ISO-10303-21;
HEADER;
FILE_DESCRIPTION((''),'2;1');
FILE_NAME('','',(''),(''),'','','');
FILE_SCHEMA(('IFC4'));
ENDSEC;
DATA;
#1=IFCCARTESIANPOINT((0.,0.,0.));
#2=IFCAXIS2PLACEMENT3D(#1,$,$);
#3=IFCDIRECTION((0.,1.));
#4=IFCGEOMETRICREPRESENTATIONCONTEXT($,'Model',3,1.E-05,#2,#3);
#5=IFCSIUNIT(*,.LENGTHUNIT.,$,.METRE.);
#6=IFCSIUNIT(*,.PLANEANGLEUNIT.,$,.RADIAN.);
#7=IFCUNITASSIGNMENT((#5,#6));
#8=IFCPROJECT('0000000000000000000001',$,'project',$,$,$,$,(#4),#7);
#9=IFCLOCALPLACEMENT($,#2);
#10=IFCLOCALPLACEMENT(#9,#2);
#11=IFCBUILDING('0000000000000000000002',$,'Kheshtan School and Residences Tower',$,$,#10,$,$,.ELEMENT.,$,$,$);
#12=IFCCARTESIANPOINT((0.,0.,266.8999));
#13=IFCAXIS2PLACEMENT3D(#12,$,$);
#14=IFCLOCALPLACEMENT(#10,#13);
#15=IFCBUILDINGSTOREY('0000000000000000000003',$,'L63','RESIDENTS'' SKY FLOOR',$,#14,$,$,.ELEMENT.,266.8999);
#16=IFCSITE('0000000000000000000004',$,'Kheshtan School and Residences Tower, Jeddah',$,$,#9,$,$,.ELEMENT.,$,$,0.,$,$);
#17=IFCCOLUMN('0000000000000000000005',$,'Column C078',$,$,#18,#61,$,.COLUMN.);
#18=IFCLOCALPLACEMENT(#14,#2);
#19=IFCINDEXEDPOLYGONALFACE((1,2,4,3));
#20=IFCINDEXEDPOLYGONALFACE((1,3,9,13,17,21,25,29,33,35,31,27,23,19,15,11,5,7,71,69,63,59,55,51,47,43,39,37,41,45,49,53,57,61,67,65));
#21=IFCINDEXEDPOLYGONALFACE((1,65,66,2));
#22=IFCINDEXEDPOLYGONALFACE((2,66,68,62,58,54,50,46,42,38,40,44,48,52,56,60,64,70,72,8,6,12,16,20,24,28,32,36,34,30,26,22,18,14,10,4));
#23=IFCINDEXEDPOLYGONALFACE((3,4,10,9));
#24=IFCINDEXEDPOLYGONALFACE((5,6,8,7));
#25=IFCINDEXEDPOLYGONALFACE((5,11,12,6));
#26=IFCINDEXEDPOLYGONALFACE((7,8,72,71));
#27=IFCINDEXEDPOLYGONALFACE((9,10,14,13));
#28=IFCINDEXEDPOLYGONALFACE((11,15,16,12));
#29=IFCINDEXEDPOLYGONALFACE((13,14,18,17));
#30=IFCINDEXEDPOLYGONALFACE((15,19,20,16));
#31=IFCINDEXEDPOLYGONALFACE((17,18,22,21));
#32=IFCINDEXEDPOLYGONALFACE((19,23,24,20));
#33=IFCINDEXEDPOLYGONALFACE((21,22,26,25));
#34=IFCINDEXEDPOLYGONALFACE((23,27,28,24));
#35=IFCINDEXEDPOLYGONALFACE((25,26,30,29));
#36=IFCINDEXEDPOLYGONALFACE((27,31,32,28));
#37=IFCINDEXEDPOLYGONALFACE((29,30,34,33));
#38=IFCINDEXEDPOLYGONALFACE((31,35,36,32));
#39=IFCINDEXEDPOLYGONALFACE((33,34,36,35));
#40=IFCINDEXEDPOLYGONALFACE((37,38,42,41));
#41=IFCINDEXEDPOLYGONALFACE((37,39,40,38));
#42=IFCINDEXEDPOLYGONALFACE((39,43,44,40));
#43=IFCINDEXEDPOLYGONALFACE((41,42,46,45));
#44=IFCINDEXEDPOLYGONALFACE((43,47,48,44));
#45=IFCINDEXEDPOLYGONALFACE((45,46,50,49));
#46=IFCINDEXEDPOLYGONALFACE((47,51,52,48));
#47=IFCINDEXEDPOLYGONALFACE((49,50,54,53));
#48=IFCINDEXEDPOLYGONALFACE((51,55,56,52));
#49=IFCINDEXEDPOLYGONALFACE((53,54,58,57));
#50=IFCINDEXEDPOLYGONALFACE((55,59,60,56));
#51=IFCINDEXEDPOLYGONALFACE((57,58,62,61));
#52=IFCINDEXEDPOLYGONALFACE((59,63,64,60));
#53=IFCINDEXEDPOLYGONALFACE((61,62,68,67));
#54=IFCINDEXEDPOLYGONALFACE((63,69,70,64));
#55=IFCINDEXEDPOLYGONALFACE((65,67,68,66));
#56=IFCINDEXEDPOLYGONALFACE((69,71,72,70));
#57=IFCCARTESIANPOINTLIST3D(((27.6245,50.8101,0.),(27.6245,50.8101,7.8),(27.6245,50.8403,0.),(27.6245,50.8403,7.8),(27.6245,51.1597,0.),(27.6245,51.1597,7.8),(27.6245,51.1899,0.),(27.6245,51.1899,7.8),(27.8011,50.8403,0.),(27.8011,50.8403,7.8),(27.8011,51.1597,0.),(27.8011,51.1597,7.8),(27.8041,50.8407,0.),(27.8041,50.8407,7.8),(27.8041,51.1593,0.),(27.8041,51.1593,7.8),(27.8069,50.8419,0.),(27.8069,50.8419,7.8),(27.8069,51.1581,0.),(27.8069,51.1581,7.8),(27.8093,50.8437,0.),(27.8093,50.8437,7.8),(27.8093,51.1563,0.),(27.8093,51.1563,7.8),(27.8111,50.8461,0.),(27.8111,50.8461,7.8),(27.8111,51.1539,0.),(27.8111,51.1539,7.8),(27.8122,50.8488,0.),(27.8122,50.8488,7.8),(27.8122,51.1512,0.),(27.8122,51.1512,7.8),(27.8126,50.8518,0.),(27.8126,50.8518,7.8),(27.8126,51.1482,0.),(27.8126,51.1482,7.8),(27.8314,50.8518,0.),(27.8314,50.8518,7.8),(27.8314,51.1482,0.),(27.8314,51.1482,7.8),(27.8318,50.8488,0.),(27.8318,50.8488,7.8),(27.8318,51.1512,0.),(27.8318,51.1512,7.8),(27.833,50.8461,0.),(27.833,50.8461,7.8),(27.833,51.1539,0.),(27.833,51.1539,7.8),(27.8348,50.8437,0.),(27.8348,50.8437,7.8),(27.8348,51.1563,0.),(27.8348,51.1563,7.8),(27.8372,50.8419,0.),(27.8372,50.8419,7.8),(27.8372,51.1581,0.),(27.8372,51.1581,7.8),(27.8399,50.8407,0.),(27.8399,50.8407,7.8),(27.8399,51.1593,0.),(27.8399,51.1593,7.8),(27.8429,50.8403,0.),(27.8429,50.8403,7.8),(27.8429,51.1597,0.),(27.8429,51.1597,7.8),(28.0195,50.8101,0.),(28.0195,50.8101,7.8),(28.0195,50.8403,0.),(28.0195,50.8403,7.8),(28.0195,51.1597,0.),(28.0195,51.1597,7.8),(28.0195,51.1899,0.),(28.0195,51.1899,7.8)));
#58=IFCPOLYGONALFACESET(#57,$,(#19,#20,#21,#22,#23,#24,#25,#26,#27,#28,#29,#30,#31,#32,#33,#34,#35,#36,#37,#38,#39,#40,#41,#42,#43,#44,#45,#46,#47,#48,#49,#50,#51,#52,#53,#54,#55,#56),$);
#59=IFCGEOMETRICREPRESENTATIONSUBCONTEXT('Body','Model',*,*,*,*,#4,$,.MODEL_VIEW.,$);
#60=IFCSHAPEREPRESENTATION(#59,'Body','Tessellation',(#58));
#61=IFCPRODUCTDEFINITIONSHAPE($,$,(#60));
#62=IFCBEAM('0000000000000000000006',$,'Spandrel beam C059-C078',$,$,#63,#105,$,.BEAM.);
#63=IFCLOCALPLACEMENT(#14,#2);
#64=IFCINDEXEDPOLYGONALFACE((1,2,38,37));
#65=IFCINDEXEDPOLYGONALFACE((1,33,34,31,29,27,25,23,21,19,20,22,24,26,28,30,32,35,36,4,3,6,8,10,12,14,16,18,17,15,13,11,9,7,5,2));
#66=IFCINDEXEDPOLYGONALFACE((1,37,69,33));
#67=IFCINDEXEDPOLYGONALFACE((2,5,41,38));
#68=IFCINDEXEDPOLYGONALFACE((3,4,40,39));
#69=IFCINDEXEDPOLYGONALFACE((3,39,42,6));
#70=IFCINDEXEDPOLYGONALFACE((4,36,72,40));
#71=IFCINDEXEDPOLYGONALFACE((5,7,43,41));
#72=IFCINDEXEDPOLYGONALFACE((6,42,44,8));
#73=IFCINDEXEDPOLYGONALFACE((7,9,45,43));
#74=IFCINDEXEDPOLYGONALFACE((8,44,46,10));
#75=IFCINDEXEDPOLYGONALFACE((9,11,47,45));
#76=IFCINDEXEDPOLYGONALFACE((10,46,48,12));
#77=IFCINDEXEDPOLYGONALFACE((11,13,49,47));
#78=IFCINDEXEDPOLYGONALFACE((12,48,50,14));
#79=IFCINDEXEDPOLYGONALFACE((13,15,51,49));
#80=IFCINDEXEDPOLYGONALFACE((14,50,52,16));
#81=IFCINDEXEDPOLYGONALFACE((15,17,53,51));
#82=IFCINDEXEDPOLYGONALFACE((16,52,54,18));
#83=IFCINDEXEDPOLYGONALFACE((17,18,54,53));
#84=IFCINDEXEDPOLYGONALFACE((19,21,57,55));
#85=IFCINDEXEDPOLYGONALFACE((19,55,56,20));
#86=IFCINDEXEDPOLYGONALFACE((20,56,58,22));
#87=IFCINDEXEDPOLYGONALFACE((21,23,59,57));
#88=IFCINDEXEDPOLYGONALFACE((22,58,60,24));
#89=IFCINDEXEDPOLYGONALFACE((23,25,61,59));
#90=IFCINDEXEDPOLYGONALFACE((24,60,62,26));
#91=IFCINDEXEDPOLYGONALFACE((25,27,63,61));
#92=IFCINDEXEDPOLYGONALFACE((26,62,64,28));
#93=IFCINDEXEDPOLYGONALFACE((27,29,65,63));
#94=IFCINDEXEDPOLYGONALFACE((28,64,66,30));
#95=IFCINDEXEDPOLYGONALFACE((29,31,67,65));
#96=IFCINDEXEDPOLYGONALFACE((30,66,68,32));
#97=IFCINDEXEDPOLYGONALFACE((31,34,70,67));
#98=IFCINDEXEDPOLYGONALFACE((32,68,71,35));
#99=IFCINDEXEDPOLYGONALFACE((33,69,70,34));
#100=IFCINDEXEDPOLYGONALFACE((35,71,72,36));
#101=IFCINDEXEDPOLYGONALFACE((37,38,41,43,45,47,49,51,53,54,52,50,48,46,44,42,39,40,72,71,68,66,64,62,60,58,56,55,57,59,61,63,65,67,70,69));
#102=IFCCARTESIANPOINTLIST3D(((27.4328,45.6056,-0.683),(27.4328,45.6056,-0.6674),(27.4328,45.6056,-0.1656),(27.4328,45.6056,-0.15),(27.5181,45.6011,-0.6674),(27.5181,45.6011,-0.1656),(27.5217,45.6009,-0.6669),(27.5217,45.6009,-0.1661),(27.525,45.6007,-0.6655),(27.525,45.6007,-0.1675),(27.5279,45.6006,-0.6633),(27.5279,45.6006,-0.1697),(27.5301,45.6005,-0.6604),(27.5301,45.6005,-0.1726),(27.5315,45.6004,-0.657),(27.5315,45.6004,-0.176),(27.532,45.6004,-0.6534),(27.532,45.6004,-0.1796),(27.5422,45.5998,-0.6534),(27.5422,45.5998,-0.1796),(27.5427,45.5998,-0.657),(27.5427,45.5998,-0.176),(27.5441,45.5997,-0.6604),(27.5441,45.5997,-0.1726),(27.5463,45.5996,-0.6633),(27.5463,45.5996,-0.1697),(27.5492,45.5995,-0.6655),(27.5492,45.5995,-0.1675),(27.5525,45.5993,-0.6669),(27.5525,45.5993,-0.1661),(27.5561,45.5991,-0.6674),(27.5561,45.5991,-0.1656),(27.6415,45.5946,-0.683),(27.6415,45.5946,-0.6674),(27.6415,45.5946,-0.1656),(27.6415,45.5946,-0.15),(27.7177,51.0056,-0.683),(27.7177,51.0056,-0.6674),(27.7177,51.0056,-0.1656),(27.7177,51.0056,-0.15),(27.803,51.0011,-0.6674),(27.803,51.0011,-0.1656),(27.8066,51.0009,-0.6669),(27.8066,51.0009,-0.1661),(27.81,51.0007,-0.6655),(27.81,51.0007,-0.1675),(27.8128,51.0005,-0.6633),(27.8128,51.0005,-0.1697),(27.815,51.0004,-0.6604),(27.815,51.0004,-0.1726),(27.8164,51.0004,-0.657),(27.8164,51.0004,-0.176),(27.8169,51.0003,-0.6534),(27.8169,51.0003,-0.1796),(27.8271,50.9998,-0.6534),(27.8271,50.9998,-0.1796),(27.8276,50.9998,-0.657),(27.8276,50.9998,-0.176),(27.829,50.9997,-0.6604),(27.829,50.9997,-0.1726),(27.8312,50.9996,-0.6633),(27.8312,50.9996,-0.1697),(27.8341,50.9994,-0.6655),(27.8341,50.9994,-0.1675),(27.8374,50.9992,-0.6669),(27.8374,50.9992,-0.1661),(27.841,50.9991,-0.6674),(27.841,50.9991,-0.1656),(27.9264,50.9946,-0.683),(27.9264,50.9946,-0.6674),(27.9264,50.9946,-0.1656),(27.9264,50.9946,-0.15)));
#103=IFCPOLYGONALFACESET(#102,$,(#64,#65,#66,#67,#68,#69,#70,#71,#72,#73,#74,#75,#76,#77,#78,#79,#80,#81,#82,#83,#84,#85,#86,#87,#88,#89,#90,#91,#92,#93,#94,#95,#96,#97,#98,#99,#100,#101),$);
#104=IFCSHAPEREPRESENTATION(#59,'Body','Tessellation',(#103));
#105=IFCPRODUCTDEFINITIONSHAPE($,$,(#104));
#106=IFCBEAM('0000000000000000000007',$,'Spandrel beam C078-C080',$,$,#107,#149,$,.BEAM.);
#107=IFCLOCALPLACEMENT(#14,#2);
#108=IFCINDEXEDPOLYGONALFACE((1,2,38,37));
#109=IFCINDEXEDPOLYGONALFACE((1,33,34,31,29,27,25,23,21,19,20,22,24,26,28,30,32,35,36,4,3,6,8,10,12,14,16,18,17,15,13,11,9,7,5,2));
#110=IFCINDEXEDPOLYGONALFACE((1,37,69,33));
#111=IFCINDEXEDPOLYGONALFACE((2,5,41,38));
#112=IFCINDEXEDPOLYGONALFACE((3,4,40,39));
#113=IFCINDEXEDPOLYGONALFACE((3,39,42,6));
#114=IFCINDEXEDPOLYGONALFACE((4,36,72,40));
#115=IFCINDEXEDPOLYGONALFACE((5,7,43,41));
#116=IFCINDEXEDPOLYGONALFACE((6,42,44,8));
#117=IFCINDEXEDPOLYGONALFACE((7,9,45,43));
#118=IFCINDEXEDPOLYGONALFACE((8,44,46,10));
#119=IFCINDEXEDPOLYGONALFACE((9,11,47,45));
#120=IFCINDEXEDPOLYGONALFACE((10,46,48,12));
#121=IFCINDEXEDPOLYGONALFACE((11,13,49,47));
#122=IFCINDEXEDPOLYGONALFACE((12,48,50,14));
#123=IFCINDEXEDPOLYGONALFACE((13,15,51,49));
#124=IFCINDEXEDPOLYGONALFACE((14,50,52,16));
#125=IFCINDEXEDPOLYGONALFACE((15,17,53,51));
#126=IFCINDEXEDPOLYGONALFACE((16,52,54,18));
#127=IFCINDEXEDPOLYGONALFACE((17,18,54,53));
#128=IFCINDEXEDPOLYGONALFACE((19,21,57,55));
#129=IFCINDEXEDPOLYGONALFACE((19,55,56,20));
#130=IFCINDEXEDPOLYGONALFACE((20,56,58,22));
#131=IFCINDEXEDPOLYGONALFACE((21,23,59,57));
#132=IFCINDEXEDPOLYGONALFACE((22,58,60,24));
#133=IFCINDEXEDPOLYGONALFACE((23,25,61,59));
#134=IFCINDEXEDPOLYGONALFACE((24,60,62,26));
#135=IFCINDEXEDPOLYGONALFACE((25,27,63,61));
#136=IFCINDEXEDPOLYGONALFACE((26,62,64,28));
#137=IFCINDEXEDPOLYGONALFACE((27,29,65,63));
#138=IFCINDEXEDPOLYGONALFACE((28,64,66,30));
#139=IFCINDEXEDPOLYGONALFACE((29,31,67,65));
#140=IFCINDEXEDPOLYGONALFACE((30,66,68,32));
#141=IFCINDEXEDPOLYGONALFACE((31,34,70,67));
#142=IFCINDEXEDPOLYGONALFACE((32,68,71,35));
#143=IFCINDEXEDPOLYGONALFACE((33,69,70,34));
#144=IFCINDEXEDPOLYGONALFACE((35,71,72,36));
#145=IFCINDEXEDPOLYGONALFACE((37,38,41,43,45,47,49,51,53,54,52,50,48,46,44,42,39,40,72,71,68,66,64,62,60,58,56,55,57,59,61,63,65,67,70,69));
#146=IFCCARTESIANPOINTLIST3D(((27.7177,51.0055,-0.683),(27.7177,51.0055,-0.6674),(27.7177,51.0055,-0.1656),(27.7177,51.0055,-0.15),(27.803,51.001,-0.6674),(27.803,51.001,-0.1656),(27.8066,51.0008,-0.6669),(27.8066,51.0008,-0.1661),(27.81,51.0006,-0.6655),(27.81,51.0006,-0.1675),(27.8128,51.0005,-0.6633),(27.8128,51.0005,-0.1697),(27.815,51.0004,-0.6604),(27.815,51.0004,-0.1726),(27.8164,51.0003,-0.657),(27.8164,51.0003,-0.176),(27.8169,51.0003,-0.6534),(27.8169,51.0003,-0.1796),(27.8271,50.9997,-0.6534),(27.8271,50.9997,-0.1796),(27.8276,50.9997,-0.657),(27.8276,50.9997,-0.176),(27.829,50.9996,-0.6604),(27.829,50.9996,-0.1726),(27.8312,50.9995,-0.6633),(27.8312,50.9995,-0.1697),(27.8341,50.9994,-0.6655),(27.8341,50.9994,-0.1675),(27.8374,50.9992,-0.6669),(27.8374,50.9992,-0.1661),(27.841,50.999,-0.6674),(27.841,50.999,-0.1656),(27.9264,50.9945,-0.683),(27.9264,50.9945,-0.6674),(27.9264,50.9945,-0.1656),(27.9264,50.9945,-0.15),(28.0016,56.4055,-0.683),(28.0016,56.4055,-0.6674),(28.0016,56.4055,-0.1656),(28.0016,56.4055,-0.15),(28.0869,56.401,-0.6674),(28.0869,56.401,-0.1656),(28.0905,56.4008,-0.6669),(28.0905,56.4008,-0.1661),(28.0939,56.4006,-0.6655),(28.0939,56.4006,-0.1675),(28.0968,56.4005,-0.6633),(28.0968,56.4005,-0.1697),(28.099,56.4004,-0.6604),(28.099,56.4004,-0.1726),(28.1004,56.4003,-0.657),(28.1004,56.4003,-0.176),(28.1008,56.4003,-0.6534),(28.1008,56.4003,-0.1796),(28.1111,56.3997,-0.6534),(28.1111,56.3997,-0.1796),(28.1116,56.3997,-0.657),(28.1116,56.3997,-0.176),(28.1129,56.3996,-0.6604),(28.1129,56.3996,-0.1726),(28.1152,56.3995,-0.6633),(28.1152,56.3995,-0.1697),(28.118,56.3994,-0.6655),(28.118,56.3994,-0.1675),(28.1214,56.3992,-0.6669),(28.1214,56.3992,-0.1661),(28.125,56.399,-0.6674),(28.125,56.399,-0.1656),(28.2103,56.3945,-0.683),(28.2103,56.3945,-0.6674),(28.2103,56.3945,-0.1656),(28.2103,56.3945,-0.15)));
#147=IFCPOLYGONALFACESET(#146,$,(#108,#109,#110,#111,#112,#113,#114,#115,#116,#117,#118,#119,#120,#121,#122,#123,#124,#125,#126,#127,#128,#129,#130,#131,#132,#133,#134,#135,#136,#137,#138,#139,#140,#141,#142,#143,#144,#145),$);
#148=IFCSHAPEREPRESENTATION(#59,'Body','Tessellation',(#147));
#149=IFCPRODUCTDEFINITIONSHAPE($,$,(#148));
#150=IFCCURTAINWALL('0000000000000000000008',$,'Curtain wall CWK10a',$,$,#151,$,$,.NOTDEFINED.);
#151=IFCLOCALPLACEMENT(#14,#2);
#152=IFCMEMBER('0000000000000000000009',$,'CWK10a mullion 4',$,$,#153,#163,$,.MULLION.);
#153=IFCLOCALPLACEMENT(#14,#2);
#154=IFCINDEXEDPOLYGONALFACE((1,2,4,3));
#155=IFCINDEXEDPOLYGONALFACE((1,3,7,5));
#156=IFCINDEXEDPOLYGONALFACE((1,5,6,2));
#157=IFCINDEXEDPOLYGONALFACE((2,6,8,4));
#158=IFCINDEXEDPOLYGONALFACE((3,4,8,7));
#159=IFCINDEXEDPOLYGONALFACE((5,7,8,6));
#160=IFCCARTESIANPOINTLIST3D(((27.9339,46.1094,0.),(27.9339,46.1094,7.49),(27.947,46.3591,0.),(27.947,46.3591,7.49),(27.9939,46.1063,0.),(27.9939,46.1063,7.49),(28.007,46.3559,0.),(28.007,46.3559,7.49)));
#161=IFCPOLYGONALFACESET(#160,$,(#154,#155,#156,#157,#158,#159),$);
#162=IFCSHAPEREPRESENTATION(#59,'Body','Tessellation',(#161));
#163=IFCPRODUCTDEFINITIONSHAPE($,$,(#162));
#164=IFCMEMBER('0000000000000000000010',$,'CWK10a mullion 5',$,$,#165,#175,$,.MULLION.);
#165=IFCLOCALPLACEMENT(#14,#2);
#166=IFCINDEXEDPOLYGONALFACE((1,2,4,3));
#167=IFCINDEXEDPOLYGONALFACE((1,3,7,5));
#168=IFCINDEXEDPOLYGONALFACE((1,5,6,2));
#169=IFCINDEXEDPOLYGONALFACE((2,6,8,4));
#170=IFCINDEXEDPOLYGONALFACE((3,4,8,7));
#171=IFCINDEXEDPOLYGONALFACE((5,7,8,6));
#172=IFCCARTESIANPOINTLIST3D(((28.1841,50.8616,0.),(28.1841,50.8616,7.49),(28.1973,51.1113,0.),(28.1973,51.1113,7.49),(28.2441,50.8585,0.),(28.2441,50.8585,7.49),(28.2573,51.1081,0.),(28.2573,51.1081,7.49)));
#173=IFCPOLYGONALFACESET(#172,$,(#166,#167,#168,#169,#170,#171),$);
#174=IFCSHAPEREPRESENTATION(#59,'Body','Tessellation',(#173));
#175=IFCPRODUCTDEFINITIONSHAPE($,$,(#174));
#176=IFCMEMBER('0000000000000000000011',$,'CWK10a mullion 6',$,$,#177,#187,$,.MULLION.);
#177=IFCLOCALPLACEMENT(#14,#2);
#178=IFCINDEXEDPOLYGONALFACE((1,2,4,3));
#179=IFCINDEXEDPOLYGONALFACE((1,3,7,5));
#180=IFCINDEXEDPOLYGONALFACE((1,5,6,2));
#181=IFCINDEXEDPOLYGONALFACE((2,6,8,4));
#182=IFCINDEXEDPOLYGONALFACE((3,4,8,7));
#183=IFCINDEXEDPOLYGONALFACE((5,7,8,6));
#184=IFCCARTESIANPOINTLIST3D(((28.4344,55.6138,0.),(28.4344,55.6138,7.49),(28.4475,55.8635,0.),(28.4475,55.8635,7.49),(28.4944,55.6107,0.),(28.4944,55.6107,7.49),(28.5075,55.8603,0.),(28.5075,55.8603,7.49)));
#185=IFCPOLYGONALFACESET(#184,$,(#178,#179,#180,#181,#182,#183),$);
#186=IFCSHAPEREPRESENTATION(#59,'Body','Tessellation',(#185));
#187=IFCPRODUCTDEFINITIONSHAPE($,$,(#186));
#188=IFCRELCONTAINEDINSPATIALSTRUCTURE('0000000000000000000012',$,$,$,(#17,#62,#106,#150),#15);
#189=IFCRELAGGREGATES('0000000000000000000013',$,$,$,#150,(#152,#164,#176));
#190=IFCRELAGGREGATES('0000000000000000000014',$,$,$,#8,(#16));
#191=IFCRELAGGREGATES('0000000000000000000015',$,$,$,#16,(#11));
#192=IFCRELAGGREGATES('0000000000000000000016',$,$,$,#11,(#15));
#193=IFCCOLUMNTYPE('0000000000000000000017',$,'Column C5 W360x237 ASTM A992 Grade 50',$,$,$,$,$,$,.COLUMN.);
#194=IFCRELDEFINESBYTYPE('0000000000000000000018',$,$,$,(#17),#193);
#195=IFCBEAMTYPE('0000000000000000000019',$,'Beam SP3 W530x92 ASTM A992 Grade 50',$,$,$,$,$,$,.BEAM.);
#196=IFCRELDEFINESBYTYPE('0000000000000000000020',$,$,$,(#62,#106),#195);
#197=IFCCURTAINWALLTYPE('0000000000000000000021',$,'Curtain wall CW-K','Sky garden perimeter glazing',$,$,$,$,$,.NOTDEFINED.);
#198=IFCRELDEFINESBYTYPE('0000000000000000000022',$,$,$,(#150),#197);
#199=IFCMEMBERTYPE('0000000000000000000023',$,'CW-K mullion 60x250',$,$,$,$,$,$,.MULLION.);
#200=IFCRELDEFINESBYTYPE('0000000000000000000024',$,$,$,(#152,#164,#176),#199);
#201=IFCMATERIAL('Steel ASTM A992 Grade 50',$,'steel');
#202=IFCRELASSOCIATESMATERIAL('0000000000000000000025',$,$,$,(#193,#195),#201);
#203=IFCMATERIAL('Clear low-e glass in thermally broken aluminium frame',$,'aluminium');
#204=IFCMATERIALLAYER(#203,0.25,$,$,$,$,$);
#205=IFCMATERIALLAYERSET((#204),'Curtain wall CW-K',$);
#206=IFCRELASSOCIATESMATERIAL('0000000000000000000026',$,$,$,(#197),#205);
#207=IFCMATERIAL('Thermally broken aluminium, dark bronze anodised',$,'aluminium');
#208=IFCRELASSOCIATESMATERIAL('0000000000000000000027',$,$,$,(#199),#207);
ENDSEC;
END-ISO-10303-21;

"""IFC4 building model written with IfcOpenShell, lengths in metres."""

from ifc_helpers import new_model, si_unit, direction, frame, origin, origin_2d, place, context, subcontext, project, spatial, rectangle, i_section, extrude, material, layer, layer_set, material_profile, profile_set, type_object, element, aggregate, save


model = new_model("IFC4")

# Units and contexts
model_context = context("Model", 3, precision=1e-05, world=origin(), true_north=direction((0.0, 1.0)))
body_context = subcontext(model_context, "Body", "Model", "MODEL_VIEW")
ifc_project = project(units=[si_unit("LENGTHUNIT", "METRE"), si_unit("PLANEANGLEUNIT", "RADIAN")], contexts=[model_context])

# Site, building, storey
site_placement = place(None, origin())
site = spatial("IfcSite", under=ifc_project, at=site_placement, Name="Kheshtan School and Residences Tower, Jeddah", CompositionType="ELEMENT", RefElevation=0.0)
building_placement = place(site_placement, origin())
building = spatial("IfcBuilding", under=site, at=building_placement, Name="Kheshtan School and Residences Tower", CompositionType="ELEMENT")
storey_placement = place(building_placement, frame((0.0, 0.0, 266.8999)))
storey = spatial("IfcBuildingStorey", under=building, at=storey_placement, Name="L63", Description="RESIDENTS' SKY FLOOR", CompositionType="ELEMENT", Elevation=266.8999)

# Column
ifc_material_1 = material(Name="Steel ASTM A992 Grade 50", Category="steel")
ifc_material_profile_1 = material_profile(ifc_material_1, i_section(OverallWidth=0.395, OverallDepth=0.3799, WebThickness=0.0188, FlangeThickness=0.0303, FilletRadius=0.0115, at=origin_2d()), Name="W360x237")
ifc_profile_set_1 = profile_set([ifc_material_profile_1], Name="Steel ASTM A992 Grade 50")
column_type = type_object("IfcColumnType", Name="Column C5 W360x237 ASTM A992 Grade 50", PredefinedType="COLUMN", material=ifc_profile_set_1)
column_placement = place(storey_placement, frame((27.822, 51.0, 0.0), z_axis=(0.0, 0.0, 1.0), x_axis=(1.0, 0.0, 0.0)))
element("IfcColumn", 1, at=column_placement, inside=storey, type_object=column_type, Name="Column C078", PredefinedType="COLUMN", context=body_context, shape_type="SweptSolid", body=[
    extrude(i_section(OverallWidth=0.395, OverallDepth=0.3799, WebThickness=0.0188, FlangeThickness=0.0303, FilletRadius=0.0115, at=origin_2d()), origin(), (0.0, 0.0, 1.0), 7.8),
])

# Beams
ifc_material_profile_2 = material_profile(ifc_material_1, i_section(OverallWidth=0.209, OverallDepth=0.533, WebThickness=0.0103, FlangeThickness=0.0156, FilletRadius=0.0139, at=origin_2d()), Name="W530x92")
ifc_profile_set_2 = profile_set([ifc_material_profile_2], Name="Steel ASTM A992 Grade 50")
beam_type = type_object("IfcBeamType", Name="Beam SP3 W530x92 ASTM A992 Grade 50", PredefinedType="BEAM", material=ifc_profile_set_2)
for number, where, z_axis, x_axis, name in (
    (2, (27.5371, 45.6001, -0.4165), (0.052689, 0.998611, 0.0), (-0.998611, 0.052689, 0.0), "Spandrel beam C059-C078"),
    (3, (27.822, 51.0, -0.4165), (0.052509, 0.99862, 0.0), (-0.99862, 0.052509, 0.0), "Spandrel beam C078-C080"),
):
    element("IfcBeam", number, at=place(storey_placement, frame(where, z_axis=z_axis, x_axis=x_axis)), inside=storey, type_object=beam_type, Name=name, PredefinedType="BEAM", context=body_context, shape_type="SweptSolid", body=[
        extrude(i_section(OverallWidth=0.209, OverallDepth=0.533, WebThickness=0.0103, FlangeThickness=0.0156, FilletRadius=0.0139, at=origin_2d()), origin(), (0.0, 0.0, 1.0), 5.4075),
    ])

# Curtain wall, members
ifc_material_2 = material(Name="Clear low-e glass in thermally broken aluminium frame", Category="aluminium")
ifc_layer_1 = layer(ifc_material_2, 0.25)
ifc_layer_set_1 = layer_set([ifc_layer_1], Name="Curtain wall CW-K")
curtain_wall_type = type_object("IfcCurtainWallType", Name="Curtain wall CW-K", Description="Sky garden perimeter glazing", PredefinedType="NOTDEFINED", material=ifc_layer_set_1)
curtain_wall_placement = place(storey_placement, origin())
curtain_wall = element("IfcCurtainWall", 4, at=curtain_wall_placement, inside=storey, type_object=curtain_wall_type, Name="Curtain wall CWK10a", PredefinedType="NOTDEFINED")
ifc_material_3 = material(Name="Thermally broken aluminium, dark bronze anodised", Category="aluminium")
ifc_material_profile_3 = material_profile(ifc_material_3, rectangle(XDim=0.0601, YDim=0.25, at=origin_2d()), Name="CW-K mullion 60x250")
ifc_profile_set_3 = profile_set([ifc_material_profile_3], Name="Thermally broken aluminium, dark bronze anodised")
member_type = type_object("IfcMemberType", Name="CW-K mullion 60x250", PredefinedType="MULLION", material=ifc_profile_set_3)
member_1_placement = place(storey_placement, frame((27.9705, 46.2327, 0.0), z_axis=(0.0, 0.0, 1.0), x_axis=(-0.998617, 0.052565, 0.0)))
member_1 = element("IfcMember", 5, at=member_1_placement, type_object=member_type, Name="CWK10a mullion 4", PredefinedType="MULLION", context=body_context, shape_type="SweptSolid", body=[
    extrude(rectangle(XDim=0.0601, YDim=0.25, at=origin_2d()), origin(), (0.0, 0.0, 1.0), 7.49),
])
member_2_placement = place(storey_placement, frame((28.2207, 50.9849, 0.0), z_axis=(0.0, 0.0, 1.0), x_axis=(-0.998617, 0.052565, 0.0)))
member_2 = element("IfcMember", 6, at=member_2_placement, type_object=member_type, Name="CWK10a mullion 5", PredefinedType="MULLION", context=body_context, shape_type="SweptSolid", body=[
    extrude(rectangle(XDim=0.0601, YDim=0.25, at=origin_2d()), origin(), (0.0, 0.0, 1.0), 7.49),
])
member_3_placement = place(storey_placement, frame((28.4709, 55.7371, 0.0), z_axis=(0.0, 0.0, 1.0), x_axis=(-0.998617, 0.052565, 0.0)))
member_3 = element("IfcMember", 7, at=member_3_placement, type_object=member_type, Name="CWK10a mullion 6", PredefinedType="MULLION", context=body_context, shape_type="SweptSolid", body=[
    extrude(rectangle(XDim=0.0601, YDim=0.25, at=origin_2d()), origin(), (0.0, 0.0, 1.0), 7.49),
])
aggregate(curtain_wall, [member_1, member_2, member_3])

save(model, "model.ifc")
